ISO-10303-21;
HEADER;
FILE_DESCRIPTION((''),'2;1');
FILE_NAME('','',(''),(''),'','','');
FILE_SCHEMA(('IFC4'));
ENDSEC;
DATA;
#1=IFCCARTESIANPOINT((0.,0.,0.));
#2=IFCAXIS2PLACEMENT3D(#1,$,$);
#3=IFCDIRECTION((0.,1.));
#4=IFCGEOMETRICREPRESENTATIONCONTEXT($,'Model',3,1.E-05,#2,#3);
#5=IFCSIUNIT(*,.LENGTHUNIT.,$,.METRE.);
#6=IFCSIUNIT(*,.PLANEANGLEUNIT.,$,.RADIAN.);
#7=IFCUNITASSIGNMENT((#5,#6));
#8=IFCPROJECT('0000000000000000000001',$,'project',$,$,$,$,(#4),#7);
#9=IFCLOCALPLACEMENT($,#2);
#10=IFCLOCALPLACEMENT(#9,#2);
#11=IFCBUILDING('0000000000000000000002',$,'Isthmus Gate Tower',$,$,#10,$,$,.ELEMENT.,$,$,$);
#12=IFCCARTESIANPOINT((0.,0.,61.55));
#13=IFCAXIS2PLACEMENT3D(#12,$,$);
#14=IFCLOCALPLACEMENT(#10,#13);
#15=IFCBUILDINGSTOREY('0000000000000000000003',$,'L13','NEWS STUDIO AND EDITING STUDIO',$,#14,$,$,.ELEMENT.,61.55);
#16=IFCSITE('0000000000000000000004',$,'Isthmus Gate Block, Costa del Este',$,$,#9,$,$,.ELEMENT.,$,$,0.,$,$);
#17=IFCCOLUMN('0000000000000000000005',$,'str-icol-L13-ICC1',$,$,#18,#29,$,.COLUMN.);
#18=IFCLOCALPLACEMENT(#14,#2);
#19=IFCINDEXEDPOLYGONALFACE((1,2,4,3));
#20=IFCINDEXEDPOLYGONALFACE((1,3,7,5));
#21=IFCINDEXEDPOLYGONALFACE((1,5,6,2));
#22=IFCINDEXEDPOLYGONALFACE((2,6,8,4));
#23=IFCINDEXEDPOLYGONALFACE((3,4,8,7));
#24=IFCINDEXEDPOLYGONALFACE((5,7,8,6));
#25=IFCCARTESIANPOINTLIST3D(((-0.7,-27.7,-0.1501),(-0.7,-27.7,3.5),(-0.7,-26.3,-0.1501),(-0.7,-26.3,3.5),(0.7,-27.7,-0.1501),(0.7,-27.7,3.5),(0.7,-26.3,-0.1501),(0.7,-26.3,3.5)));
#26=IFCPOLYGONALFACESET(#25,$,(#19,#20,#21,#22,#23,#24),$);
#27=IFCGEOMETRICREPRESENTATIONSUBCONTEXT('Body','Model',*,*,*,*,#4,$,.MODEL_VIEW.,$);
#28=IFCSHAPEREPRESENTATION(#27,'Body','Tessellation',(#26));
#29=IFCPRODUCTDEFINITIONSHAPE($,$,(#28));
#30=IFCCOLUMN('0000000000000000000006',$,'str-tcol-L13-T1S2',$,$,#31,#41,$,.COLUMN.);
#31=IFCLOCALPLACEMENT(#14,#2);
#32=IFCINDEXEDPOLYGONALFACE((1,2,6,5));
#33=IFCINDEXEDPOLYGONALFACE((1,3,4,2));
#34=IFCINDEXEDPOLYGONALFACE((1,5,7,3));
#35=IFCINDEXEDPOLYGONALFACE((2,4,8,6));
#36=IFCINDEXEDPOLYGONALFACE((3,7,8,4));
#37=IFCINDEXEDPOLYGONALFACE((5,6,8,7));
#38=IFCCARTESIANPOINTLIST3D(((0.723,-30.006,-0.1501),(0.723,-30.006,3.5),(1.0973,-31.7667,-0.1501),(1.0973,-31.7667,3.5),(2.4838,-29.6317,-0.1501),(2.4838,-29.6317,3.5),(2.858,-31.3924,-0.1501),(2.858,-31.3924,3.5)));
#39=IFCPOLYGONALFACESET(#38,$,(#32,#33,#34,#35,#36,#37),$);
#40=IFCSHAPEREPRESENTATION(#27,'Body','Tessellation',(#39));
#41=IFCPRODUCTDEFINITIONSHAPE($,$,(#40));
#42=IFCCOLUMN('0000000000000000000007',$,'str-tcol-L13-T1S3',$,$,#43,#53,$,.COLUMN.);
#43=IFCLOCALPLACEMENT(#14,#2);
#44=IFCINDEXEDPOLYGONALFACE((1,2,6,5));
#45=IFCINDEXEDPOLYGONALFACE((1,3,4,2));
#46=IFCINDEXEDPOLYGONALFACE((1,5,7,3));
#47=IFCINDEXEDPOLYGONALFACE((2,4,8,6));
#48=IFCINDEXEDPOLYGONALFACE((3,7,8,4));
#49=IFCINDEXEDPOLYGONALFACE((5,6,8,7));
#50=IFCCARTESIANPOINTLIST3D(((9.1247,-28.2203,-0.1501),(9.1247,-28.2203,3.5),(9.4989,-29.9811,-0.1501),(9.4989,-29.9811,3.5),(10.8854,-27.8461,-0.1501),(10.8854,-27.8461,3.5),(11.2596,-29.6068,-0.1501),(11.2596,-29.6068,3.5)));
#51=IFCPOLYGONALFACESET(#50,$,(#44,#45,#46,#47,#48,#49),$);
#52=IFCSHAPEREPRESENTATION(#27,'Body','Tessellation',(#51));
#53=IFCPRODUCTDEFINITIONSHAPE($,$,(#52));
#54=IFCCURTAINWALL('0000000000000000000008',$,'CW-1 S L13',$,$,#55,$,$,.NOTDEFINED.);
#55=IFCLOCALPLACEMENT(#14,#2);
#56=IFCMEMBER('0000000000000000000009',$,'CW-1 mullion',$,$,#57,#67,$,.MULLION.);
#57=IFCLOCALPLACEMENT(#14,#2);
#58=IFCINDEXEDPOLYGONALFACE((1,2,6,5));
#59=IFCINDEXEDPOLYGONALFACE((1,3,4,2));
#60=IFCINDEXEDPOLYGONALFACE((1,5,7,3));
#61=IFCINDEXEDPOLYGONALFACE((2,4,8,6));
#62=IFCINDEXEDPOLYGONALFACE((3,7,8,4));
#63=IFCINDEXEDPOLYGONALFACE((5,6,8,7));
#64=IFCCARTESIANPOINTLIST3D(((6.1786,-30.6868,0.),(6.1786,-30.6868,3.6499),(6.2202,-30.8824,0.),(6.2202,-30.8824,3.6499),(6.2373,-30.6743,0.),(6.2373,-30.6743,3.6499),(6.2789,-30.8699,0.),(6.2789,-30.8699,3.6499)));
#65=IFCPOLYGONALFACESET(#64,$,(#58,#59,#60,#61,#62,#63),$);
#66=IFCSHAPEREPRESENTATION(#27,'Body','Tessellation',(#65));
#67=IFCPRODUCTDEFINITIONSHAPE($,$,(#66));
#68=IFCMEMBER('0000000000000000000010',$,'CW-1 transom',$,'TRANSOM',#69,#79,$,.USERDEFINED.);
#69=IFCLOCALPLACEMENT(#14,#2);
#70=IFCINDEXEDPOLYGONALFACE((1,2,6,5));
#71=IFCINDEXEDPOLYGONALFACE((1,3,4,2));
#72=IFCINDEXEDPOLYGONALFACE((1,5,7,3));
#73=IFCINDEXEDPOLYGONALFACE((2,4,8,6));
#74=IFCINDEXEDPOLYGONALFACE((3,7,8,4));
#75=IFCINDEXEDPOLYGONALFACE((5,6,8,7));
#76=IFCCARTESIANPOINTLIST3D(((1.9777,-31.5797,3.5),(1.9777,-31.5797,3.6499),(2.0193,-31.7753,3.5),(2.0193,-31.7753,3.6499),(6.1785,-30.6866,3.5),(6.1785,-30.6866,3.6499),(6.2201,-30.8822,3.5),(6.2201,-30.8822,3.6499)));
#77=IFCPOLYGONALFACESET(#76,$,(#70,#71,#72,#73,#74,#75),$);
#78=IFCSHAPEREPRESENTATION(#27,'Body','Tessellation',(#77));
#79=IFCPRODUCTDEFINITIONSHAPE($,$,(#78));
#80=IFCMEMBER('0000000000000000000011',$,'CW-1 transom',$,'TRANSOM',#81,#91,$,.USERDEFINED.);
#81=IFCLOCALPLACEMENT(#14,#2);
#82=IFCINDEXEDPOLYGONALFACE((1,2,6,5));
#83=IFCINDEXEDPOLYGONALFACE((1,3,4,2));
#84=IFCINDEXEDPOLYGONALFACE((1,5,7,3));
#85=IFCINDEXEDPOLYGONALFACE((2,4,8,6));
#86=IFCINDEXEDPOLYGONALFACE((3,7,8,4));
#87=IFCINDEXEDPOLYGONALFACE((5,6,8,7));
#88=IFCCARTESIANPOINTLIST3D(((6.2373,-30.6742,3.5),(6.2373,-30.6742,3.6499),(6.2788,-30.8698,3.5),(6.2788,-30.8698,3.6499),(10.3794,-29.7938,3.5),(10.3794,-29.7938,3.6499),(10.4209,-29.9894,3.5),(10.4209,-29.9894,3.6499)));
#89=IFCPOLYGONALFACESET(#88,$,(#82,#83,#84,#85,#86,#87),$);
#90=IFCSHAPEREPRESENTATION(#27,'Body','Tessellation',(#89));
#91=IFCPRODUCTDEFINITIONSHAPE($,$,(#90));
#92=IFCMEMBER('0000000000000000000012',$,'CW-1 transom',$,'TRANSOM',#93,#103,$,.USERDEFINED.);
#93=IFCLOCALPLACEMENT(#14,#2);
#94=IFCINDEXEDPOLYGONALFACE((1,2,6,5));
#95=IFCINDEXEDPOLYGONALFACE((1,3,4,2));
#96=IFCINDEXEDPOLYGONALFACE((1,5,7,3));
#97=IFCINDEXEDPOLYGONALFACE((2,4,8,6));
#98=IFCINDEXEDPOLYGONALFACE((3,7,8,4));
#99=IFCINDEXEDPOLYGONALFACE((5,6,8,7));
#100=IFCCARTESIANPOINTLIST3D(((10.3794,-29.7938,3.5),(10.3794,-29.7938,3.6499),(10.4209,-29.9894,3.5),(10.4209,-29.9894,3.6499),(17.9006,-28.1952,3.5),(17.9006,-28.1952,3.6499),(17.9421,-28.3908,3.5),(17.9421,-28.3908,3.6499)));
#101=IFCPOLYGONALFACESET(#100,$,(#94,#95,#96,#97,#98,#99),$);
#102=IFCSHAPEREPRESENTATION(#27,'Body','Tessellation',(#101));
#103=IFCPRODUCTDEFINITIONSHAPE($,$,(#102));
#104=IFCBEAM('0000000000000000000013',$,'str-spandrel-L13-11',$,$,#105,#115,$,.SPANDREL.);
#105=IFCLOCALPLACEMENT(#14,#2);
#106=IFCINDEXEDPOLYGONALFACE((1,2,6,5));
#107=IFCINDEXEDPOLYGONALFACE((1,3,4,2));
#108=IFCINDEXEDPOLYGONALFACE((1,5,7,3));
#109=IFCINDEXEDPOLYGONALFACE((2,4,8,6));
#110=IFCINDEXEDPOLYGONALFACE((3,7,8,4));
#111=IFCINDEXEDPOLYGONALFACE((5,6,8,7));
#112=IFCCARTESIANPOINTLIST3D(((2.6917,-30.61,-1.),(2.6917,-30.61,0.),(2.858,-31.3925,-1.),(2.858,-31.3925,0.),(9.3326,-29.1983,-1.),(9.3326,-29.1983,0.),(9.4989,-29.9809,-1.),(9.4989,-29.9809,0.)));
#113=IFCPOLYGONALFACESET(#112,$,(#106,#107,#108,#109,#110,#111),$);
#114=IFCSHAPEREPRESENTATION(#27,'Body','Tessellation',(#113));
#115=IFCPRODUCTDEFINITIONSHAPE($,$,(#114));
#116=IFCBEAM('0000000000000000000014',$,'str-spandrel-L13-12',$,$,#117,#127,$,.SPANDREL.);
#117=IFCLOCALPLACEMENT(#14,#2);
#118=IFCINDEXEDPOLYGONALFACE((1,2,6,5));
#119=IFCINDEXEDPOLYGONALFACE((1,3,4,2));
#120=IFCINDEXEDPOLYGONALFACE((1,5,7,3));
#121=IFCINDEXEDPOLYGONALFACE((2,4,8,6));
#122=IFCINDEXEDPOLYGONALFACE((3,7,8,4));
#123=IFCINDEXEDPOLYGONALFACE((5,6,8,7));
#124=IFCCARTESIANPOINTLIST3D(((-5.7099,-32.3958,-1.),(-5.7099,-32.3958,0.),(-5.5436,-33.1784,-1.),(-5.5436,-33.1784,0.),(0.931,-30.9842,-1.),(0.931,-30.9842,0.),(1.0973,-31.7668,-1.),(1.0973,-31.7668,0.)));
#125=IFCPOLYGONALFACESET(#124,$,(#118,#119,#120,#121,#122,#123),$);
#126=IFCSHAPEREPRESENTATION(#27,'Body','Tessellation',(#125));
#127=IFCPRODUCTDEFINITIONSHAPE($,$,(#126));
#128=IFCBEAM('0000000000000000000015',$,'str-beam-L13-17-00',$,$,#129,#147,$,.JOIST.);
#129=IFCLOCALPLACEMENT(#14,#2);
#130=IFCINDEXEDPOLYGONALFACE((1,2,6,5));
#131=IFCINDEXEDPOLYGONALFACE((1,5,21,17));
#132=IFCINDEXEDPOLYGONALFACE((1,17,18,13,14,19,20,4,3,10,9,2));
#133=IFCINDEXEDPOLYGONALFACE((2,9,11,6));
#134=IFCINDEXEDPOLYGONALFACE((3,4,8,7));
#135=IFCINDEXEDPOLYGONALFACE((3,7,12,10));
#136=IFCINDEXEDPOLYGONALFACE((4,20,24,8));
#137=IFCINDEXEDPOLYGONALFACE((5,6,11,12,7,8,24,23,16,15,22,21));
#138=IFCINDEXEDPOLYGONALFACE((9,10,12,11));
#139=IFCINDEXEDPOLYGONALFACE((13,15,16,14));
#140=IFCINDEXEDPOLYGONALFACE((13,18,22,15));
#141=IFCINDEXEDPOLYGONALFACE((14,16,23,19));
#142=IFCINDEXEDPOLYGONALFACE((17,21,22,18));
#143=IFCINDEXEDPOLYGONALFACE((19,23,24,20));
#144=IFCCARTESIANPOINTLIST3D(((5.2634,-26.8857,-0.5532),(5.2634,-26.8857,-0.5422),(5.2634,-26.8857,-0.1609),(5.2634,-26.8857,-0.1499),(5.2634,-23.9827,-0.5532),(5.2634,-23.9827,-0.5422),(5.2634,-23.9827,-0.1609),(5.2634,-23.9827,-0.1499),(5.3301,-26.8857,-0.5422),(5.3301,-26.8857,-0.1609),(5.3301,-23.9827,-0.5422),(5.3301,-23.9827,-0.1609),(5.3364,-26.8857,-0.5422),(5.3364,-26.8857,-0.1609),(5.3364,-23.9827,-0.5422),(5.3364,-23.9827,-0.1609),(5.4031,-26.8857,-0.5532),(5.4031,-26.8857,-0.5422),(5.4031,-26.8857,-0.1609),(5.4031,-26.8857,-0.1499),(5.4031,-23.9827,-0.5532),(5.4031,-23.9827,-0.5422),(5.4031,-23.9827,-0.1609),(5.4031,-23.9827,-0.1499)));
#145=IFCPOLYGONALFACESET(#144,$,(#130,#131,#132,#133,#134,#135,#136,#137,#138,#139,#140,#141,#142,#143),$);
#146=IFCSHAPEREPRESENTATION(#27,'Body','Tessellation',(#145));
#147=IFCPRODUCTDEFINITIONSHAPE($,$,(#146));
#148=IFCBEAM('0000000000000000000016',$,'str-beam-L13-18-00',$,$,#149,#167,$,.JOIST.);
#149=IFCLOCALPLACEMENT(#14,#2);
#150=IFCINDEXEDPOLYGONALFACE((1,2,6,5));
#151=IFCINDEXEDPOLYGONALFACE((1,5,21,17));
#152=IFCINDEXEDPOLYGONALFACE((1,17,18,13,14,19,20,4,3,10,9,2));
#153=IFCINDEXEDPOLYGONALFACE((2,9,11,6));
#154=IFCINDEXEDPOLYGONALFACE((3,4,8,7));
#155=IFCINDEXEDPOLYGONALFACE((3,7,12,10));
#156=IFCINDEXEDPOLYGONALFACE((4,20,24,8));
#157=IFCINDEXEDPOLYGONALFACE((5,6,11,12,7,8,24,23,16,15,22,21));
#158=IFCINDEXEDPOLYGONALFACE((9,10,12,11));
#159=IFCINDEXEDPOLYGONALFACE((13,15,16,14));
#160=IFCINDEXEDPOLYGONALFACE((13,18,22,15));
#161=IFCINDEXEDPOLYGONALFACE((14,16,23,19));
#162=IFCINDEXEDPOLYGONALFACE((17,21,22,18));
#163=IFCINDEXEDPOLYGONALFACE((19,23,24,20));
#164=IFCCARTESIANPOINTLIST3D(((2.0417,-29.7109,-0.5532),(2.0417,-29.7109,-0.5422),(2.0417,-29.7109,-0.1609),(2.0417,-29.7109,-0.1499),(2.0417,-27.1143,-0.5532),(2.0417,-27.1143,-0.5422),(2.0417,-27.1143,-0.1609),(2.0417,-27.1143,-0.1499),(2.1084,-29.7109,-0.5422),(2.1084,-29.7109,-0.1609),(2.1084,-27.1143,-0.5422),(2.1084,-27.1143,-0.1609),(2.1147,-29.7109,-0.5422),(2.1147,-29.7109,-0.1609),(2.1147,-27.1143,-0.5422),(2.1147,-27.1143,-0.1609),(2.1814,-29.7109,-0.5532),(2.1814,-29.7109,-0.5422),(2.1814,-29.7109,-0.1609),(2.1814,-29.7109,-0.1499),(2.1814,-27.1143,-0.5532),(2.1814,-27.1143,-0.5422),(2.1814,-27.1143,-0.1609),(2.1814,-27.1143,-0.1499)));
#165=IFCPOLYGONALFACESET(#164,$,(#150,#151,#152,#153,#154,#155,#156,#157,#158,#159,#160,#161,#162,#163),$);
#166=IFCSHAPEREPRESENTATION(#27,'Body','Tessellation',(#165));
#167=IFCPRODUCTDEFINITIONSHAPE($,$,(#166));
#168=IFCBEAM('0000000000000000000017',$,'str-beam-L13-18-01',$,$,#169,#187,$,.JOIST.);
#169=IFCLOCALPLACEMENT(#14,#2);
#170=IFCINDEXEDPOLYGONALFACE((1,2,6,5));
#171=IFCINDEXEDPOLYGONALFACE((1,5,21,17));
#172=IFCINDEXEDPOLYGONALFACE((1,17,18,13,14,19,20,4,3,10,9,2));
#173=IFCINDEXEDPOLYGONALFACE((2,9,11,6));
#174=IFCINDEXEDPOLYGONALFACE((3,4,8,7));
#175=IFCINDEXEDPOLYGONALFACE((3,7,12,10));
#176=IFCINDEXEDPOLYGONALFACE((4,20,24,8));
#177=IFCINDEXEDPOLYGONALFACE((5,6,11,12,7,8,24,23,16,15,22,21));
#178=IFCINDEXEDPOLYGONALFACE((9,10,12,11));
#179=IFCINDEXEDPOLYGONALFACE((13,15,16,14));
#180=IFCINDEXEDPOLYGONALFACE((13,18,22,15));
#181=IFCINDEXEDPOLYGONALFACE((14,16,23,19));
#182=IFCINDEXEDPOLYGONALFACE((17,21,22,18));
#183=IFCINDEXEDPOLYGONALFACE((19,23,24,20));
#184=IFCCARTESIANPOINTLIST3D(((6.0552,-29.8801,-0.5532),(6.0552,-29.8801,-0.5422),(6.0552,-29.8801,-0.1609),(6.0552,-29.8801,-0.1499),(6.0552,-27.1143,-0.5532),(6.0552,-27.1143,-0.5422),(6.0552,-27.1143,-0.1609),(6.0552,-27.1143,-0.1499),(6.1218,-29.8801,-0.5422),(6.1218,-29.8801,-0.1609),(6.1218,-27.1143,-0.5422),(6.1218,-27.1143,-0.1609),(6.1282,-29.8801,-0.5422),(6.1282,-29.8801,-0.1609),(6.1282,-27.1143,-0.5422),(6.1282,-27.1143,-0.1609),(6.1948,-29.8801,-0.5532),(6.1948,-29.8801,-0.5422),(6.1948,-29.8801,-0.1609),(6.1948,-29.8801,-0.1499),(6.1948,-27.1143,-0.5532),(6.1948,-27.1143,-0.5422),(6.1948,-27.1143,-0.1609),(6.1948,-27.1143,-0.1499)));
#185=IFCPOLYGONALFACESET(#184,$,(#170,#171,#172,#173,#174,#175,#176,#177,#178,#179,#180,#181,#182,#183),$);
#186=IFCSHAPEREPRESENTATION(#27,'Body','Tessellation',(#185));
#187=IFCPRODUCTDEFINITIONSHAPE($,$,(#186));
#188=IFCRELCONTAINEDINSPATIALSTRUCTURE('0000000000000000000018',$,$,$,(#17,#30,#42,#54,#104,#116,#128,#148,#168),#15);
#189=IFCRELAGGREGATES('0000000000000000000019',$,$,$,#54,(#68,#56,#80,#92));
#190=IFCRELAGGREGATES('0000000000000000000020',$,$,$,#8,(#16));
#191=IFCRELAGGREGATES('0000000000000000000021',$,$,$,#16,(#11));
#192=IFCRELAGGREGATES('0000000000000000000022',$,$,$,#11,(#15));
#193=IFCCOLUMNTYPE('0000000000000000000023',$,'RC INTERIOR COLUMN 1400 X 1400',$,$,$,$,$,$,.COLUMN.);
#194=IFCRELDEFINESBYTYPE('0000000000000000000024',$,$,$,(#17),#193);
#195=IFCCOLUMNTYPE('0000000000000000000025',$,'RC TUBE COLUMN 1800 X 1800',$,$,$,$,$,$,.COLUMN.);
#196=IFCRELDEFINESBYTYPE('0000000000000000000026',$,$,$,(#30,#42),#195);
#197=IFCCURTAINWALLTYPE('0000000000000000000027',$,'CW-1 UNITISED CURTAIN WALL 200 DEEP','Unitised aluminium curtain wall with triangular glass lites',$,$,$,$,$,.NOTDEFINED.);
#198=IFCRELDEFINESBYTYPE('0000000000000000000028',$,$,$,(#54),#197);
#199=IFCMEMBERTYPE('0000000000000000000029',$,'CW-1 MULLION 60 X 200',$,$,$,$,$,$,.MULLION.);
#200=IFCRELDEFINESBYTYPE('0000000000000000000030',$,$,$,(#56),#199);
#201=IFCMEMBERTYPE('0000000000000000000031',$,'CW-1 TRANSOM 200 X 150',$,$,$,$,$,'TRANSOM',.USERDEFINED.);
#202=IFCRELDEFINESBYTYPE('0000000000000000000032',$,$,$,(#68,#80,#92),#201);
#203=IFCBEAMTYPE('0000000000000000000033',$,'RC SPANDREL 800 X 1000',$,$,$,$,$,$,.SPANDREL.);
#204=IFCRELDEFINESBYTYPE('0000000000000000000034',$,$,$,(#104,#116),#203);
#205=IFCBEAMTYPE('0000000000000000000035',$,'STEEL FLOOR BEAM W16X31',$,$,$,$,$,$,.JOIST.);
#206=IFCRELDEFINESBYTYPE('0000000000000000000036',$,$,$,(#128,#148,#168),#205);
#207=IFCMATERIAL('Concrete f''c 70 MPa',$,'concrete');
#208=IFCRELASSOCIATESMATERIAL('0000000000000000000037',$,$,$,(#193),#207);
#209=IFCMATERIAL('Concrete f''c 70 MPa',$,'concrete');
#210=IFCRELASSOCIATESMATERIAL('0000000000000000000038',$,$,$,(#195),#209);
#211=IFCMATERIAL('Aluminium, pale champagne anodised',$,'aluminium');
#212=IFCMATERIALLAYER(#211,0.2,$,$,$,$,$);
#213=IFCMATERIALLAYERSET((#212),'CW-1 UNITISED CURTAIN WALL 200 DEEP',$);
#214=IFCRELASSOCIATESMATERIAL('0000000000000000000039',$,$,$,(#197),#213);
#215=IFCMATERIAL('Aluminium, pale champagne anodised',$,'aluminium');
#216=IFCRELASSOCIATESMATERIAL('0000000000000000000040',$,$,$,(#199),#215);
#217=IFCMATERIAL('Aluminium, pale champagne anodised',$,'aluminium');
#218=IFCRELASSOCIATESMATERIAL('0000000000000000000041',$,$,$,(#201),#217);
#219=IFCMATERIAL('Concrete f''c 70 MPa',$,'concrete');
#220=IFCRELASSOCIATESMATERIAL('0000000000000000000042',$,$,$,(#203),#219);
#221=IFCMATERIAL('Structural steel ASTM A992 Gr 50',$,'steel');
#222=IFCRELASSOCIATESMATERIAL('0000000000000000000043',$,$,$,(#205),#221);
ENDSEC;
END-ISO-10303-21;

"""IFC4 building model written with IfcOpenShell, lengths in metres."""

from ifc_helpers import new_model, si_unit, direction, frame, origin, origin_2d, place, context, subcontext, project, spatial, rectangle, i_section, extrude, material, layer, layer_set, material_profile, profile_set, type_object, element, aggregate, save


model = new_model("IFC4")

# Units and contexts
model_context = context("Model", 3, precision=1e-05, world=origin(), true_north=direction((0.0, 1.0)))
body_context = subcontext(model_context, "Body", "Model", "MODEL_VIEW")
ifc_project = project(units=[si_unit("LENGTHUNIT", "METRE"), si_unit("PLANEANGLEUNIT", "RADIAN")], contexts=[model_context])

# Site, building, storey
site_placement = place(None, origin())
site = spatial("IfcSite", under=ifc_project, at=site_placement, Name="Isthmus Gate Block, Costa del Este", CompositionType="ELEMENT", RefElevation=0.0)
building_placement = place(site_placement, origin())
building = spatial("IfcBuilding", under=site, at=building_placement, Name="Isthmus Gate Tower", CompositionType="ELEMENT")
storey_placement = place(building_placement, frame((0.0, 0.0, 61.55)))
storey = spatial("IfcBuildingStorey", under=building, at=storey_placement, Name="L13", Description="NEWS STUDIO AND EDITING STUDIO", CompositionType="ELEMENT", Elevation=61.55)

# Columns
ifc_material_1 = material(Name="Concrete f'c 70 MPa", Category="concrete")
ifc_material_profile_1 = material_profile(ifc_material_1, rectangle(XDim=1.3999, YDim=1.3999, at=origin_2d()), Name="RC 1400X1400")
ifc_profile_set_1 = profile_set([ifc_material_profile_1], Name="Concrete f'c 70 MPa")
column_type_1 = type_object("IfcColumnType", Name="RC INTERIOR COLUMN 1400 X 1400", PredefinedType="COLUMN", material=ifc_profile_set_1)
column_placement = place(storey_placement, frame((0.0, -27.0, -0.1501), z_axis=(0.0, 0.0, 1.0), x_axis=(1.0, 0.0, 0.0)))
element("IfcColumn", 1, at=column_placement, inside=storey, type_object=column_type_1, Name="str-icol-L13-ICC1", PredefinedType="COLUMN", context=body_context, shape_type="SweptSolid", body=[
    extrude(rectangle(XDim=1.3999, YDim=1.3999, at=origin_2d()), origin(), (0.0, 0.0, 1.0), 3.6501),
])
ifc_material_2 = material(Name="Concrete f'c 70 MPa", Category="concrete")
ifc_material_profile_2 = material_profile(ifc_material_2, rectangle(XDim=1.8, YDim=1.8, at=origin_2d()), Name="RC 1800X1800")
ifc_profile_set_2 = profile_set([ifc_material_profile_2], Name="Concrete f'c 70 MPa")
column_type_2 = type_object("IfcColumnType", Name="RC TUBE COLUMN 1800 X 1800", PredefinedType="COLUMN", material=ifc_profile_set_2)
for number, where, z_axis, x_axis, name in (
    (2, (1.7905, -30.6992, -0.1501), (0.0, 0.0, 1.0), (0.978148, 0.207912, 0.0), "str-tcol-L13-T1S2"),
    (3, (10.1921, -28.9136, -0.1501), (0.0, 0.0, 1.0), (0.978148, 0.207912, 0.0), "str-tcol-L13-T1S3"),
):
    element("IfcColumn", number, at=place(storey_placement, frame(where, z_axis=z_axis, x_axis=x_axis)), inside=storey, type_object=column_type_2, Name=name, PredefinedType="COLUMN", context=body_context, shape_type="SweptSolid", body=[
        extrude(rectangle(XDim=1.8, YDim=1.8, at=origin_2d()), origin(), (0.0, 0.0, 1.0), 3.6501),
    ])

# Curtain wall, members
ifc_material_3 = material(Name="Aluminium, pale champagne anodised", Category="aluminium")
ifc_layer_1 = layer(ifc_material_3, 0.2)
ifc_layer_set_1 = layer_set([ifc_layer_1], Name="CW-1 UNITISED CURTAIN WALL 200 DEEP")
curtain_wall_type = type_object("IfcCurtainWallType", Name="CW-1 UNITISED CURTAIN WALL 200 DEEP", Description="Unitised aluminium curtain wall with triangular glass lites", PredefinedType="NOTDEFINED", material=ifc_layer_set_1)
curtain_wall_placement = place(storey_placement, origin())
curtain_wall = element("IfcCurtainWall", 4, at=curtain_wall_placement, inside=storey, type_object=curtain_wall_type, Name="CW-1 S L13", PredefinedType="NOTDEFINED")
ifc_material_4 = material(Name="Aluminium, pale champagne anodised", Category="aluminium")
ifc_material_profile_3 = material_profile(ifc_material_4, rectangle(XDim=0.0601, YDim=0.2, at=origin_2d()), Name="60x200")
ifc_profile_set_3 = profile_set([ifc_material_profile_3], Name="Aluminium, pale champagne anodised")
member_type_1 = type_object("IfcMemberType", Name="CW-1 MULLION 60 X 200", PredefinedType="MULLION", material=ifc_profile_set_3)
member_1_placement = place(storey_placement, frame((6.2288, -30.7783, 0.0), z_axis=(0.0, 0.0, 1.0), x_axis=(0.978148, 0.207912, 0.0)))
member_1 = element("IfcMember", 5, at=member_1_placement, type_object=member_type_1, Name="CW-1 mullion", PredefinedType="MULLION", context=body_context, shape_type="SweptSolid", body=[
    extrude(rectangle(XDim=0.0601, YDim=0.2, at=origin_2d()), origin(), (0.0, 0.0, 1.0), 3.6499),
])
ifc_material_5 = material(Name="Aluminium, pale champagne anodised", Category="aluminium")
ifc_material_profile_4 = material_profile(ifc_material_5, rectangle(XDim=0.2, YDim=0.1499, at=origin_2d()), Name="200x150")
ifc_profile_set_4 = profile_set([ifc_material_profile_4], Name="Aluminium, pale champagne anodised")
member_type_2 = type_object("IfcMemberType", Name="CW-1 TRANSOM 200 X 150", ElementType="TRANSOM", PredefinedType="USERDEFINED", material=ifc_profile_set_4)
member_2_placement = place(storey_placement, frame((1.9985, -31.6775, 3.575), z_axis=(0.978139, 0.207953, 0.0), x_axis=(-0.207953, 0.978139, 0.0)))
member_2 = element("IfcMember", 6, at=member_2_placement, type_object=member_type_2, Name="CW-1 transom", ObjectType="TRANSOM", PredefinedType="USERDEFINED", context=body_context, shape_type="SweptSolid", body=[
    extrude(rectangle(XDim=0.2, YDim=0.1499, at=origin_2d()), origin(), (0.0, 0.0, 1.0), 4.2947),
])
member_3_placement = place(storey_placement, frame((6.2581, -30.772, 3.575), z_axis=(0.97815, 0.207899, 0.0), x_axis=(-0.207899, 0.97815, 0.0)))
member_3 = element("IfcMember", 7, at=member_3_placement, type_object=member_type_2, Name="CW-1 transom", ObjectType="TRANSOM", PredefinedType="USERDEFINED", context=body_context, shape_type="SweptSolid", body=[
    extrude(rectangle(XDim=0.2, YDim=0.1499, at=origin_2d()), origin(), (0.0, 0.0, 1.0), 4.2346),
])
member_4_placement = place(storey_placement, frame((10.4001, -29.8916, 3.575), z_axis=(0.978149, 0.207905, 0.0), x_axis=(-0.207905, 0.978149, 0.0)))
member_4 = element("IfcMember", 8, at=member_4_placement, type_object=member_type_2, Name="CW-1 transom", ObjectType="TRANSOM", PredefinedType="USERDEFINED", context=body_context, shape_type="SweptSolid", body=[
    extrude(rectangle(XDim=0.2, YDim=0.1499, at=origin_2d()), origin(), (0.0, 0.0, 1.0), 7.6892),
])

# Beams
ifc_material_6 = material(Name="Concrete f'c 70 MPa", Category="concrete")
ifc_material_profile_5 = material_profile(ifc_material_6, rectangle(XDim=0.8, YDim=1.0, at=origin_2d()), Name="RC 800X1000")
ifc_profile_set_5 = profile_set([ifc_material_profile_5], Name="Concrete f'c 70 MPa")
beam_type_1 = type_object("IfcBeamType", Name="RC SPANDREL 800 X 1000", PredefinedType="SPANDREL", material=ifc_profile_set_5)
for number, where, z_axis, x_axis, name in (
    (9, (9.4158, -29.5896, -0.5), (-0.978146, -0.20792, 0.0), (0.20792, -0.978146, 0.0), "str-spandrel-L13-11"),
    (10, (1.0142, -31.3755, -0.5), (-0.978146, -0.20792, 0.0), (0.20792, -0.978146, 0.0), "str-spandrel-L13-12"),
):
    element("IfcBeam", number, at=place(storey_placement, frame(where, z_axis=z_axis, x_axis=x_axis)), inside=storey, type_object=beam_type_1, Name=name, PredefinedType="SPANDREL", context=body_context, shape_type="SweptSolid", body=[
        extrude(rectangle(XDim=0.8, YDim=1.0, at=origin_2d()), origin(), (0.0, 0.0, 1.0), 6.7893),
    ])
ifc_material_7 = material(Name="Structural steel ASTM A992 Gr 50", Category="steel")
ifc_material_profile_6 = material_profile(ifc_material_7, i_section(OverallWidth=0.1396, OverallDepth=0.4033, WebThickness=0.0063, FlangeThickness=0.011, at=origin_2d()), Name="W16X31")
ifc_profile_set_6 = profile_set([ifc_material_profile_6], Name="Structural steel ASTM A992 Gr 50")
beam_type_2 = type_object("IfcBeamType", Name="STEEL FLOOR BEAM W16X31", PredefinedType="JOIST", material=ifc_profile_set_6)
beam_1_placement = place(storey_placement, frame((5.3333, -26.8857, -0.3516), z_axis=(0.0, 1.0, 0.0), x_axis=(-1.0, 0.0, 0.0)))
element("IfcBeam", 11, at=beam_1_placement, inside=storey, type_object=beam_type_2, Name="str-beam-L13-17-00", PredefinedType="JOIST", context=body_context, shape_type="SweptSolid", body=[
    extrude(i_section(OverallWidth=0.1396, OverallDepth=0.4033, WebThickness=0.0063, FlangeThickness=0.011, at=origin_2d()), origin(), (0.0, 0.0, 1.0), 2.9031),
])
beam_2_placement = place(storey_placement, frame((2.1116, -29.7109, -0.3516), z_axis=(0.0, 1.0, 0.0), x_axis=(-1.0, 0.0, 0.0)))
element("IfcBeam", 12, at=beam_2_placement, inside=storey, type_object=beam_type_2, Name="str-beam-L13-18-00", PredefinedType="JOIST", context=body_context, shape_type="SweptSolid", body=[
    extrude(i_section(OverallWidth=0.1396, OverallDepth=0.4033, WebThickness=0.0063, FlangeThickness=0.011, at=origin_2d()), origin(), (0.0, 0.0, 1.0), 2.5967),
])
beam_3_placement = place(storey_placement, frame((6.125, -29.8801, -0.3516), z_axis=(0.0, 1.0, 0.0), x_axis=(-1.0, 0.0, 0.0)))
element("IfcBeam", 13, at=beam_3_placement, inside=storey, type_object=beam_type_2, Name="str-beam-L13-18-01", PredefinedType="JOIST", context=body_context, shape_type="SweptSolid", body=[
    extrude(i_section(OverallWidth=0.1396, OverallDepth=0.4033, WebThickness=0.0063, FlangeThickness=0.011, at=origin_2d()), origin(), (0.0, 0.0, 1.0), 2.7659),
])

aggregate(curtain_wall, [member_2, member_1, member_3, member_4])

save(model, "model.ifc")
